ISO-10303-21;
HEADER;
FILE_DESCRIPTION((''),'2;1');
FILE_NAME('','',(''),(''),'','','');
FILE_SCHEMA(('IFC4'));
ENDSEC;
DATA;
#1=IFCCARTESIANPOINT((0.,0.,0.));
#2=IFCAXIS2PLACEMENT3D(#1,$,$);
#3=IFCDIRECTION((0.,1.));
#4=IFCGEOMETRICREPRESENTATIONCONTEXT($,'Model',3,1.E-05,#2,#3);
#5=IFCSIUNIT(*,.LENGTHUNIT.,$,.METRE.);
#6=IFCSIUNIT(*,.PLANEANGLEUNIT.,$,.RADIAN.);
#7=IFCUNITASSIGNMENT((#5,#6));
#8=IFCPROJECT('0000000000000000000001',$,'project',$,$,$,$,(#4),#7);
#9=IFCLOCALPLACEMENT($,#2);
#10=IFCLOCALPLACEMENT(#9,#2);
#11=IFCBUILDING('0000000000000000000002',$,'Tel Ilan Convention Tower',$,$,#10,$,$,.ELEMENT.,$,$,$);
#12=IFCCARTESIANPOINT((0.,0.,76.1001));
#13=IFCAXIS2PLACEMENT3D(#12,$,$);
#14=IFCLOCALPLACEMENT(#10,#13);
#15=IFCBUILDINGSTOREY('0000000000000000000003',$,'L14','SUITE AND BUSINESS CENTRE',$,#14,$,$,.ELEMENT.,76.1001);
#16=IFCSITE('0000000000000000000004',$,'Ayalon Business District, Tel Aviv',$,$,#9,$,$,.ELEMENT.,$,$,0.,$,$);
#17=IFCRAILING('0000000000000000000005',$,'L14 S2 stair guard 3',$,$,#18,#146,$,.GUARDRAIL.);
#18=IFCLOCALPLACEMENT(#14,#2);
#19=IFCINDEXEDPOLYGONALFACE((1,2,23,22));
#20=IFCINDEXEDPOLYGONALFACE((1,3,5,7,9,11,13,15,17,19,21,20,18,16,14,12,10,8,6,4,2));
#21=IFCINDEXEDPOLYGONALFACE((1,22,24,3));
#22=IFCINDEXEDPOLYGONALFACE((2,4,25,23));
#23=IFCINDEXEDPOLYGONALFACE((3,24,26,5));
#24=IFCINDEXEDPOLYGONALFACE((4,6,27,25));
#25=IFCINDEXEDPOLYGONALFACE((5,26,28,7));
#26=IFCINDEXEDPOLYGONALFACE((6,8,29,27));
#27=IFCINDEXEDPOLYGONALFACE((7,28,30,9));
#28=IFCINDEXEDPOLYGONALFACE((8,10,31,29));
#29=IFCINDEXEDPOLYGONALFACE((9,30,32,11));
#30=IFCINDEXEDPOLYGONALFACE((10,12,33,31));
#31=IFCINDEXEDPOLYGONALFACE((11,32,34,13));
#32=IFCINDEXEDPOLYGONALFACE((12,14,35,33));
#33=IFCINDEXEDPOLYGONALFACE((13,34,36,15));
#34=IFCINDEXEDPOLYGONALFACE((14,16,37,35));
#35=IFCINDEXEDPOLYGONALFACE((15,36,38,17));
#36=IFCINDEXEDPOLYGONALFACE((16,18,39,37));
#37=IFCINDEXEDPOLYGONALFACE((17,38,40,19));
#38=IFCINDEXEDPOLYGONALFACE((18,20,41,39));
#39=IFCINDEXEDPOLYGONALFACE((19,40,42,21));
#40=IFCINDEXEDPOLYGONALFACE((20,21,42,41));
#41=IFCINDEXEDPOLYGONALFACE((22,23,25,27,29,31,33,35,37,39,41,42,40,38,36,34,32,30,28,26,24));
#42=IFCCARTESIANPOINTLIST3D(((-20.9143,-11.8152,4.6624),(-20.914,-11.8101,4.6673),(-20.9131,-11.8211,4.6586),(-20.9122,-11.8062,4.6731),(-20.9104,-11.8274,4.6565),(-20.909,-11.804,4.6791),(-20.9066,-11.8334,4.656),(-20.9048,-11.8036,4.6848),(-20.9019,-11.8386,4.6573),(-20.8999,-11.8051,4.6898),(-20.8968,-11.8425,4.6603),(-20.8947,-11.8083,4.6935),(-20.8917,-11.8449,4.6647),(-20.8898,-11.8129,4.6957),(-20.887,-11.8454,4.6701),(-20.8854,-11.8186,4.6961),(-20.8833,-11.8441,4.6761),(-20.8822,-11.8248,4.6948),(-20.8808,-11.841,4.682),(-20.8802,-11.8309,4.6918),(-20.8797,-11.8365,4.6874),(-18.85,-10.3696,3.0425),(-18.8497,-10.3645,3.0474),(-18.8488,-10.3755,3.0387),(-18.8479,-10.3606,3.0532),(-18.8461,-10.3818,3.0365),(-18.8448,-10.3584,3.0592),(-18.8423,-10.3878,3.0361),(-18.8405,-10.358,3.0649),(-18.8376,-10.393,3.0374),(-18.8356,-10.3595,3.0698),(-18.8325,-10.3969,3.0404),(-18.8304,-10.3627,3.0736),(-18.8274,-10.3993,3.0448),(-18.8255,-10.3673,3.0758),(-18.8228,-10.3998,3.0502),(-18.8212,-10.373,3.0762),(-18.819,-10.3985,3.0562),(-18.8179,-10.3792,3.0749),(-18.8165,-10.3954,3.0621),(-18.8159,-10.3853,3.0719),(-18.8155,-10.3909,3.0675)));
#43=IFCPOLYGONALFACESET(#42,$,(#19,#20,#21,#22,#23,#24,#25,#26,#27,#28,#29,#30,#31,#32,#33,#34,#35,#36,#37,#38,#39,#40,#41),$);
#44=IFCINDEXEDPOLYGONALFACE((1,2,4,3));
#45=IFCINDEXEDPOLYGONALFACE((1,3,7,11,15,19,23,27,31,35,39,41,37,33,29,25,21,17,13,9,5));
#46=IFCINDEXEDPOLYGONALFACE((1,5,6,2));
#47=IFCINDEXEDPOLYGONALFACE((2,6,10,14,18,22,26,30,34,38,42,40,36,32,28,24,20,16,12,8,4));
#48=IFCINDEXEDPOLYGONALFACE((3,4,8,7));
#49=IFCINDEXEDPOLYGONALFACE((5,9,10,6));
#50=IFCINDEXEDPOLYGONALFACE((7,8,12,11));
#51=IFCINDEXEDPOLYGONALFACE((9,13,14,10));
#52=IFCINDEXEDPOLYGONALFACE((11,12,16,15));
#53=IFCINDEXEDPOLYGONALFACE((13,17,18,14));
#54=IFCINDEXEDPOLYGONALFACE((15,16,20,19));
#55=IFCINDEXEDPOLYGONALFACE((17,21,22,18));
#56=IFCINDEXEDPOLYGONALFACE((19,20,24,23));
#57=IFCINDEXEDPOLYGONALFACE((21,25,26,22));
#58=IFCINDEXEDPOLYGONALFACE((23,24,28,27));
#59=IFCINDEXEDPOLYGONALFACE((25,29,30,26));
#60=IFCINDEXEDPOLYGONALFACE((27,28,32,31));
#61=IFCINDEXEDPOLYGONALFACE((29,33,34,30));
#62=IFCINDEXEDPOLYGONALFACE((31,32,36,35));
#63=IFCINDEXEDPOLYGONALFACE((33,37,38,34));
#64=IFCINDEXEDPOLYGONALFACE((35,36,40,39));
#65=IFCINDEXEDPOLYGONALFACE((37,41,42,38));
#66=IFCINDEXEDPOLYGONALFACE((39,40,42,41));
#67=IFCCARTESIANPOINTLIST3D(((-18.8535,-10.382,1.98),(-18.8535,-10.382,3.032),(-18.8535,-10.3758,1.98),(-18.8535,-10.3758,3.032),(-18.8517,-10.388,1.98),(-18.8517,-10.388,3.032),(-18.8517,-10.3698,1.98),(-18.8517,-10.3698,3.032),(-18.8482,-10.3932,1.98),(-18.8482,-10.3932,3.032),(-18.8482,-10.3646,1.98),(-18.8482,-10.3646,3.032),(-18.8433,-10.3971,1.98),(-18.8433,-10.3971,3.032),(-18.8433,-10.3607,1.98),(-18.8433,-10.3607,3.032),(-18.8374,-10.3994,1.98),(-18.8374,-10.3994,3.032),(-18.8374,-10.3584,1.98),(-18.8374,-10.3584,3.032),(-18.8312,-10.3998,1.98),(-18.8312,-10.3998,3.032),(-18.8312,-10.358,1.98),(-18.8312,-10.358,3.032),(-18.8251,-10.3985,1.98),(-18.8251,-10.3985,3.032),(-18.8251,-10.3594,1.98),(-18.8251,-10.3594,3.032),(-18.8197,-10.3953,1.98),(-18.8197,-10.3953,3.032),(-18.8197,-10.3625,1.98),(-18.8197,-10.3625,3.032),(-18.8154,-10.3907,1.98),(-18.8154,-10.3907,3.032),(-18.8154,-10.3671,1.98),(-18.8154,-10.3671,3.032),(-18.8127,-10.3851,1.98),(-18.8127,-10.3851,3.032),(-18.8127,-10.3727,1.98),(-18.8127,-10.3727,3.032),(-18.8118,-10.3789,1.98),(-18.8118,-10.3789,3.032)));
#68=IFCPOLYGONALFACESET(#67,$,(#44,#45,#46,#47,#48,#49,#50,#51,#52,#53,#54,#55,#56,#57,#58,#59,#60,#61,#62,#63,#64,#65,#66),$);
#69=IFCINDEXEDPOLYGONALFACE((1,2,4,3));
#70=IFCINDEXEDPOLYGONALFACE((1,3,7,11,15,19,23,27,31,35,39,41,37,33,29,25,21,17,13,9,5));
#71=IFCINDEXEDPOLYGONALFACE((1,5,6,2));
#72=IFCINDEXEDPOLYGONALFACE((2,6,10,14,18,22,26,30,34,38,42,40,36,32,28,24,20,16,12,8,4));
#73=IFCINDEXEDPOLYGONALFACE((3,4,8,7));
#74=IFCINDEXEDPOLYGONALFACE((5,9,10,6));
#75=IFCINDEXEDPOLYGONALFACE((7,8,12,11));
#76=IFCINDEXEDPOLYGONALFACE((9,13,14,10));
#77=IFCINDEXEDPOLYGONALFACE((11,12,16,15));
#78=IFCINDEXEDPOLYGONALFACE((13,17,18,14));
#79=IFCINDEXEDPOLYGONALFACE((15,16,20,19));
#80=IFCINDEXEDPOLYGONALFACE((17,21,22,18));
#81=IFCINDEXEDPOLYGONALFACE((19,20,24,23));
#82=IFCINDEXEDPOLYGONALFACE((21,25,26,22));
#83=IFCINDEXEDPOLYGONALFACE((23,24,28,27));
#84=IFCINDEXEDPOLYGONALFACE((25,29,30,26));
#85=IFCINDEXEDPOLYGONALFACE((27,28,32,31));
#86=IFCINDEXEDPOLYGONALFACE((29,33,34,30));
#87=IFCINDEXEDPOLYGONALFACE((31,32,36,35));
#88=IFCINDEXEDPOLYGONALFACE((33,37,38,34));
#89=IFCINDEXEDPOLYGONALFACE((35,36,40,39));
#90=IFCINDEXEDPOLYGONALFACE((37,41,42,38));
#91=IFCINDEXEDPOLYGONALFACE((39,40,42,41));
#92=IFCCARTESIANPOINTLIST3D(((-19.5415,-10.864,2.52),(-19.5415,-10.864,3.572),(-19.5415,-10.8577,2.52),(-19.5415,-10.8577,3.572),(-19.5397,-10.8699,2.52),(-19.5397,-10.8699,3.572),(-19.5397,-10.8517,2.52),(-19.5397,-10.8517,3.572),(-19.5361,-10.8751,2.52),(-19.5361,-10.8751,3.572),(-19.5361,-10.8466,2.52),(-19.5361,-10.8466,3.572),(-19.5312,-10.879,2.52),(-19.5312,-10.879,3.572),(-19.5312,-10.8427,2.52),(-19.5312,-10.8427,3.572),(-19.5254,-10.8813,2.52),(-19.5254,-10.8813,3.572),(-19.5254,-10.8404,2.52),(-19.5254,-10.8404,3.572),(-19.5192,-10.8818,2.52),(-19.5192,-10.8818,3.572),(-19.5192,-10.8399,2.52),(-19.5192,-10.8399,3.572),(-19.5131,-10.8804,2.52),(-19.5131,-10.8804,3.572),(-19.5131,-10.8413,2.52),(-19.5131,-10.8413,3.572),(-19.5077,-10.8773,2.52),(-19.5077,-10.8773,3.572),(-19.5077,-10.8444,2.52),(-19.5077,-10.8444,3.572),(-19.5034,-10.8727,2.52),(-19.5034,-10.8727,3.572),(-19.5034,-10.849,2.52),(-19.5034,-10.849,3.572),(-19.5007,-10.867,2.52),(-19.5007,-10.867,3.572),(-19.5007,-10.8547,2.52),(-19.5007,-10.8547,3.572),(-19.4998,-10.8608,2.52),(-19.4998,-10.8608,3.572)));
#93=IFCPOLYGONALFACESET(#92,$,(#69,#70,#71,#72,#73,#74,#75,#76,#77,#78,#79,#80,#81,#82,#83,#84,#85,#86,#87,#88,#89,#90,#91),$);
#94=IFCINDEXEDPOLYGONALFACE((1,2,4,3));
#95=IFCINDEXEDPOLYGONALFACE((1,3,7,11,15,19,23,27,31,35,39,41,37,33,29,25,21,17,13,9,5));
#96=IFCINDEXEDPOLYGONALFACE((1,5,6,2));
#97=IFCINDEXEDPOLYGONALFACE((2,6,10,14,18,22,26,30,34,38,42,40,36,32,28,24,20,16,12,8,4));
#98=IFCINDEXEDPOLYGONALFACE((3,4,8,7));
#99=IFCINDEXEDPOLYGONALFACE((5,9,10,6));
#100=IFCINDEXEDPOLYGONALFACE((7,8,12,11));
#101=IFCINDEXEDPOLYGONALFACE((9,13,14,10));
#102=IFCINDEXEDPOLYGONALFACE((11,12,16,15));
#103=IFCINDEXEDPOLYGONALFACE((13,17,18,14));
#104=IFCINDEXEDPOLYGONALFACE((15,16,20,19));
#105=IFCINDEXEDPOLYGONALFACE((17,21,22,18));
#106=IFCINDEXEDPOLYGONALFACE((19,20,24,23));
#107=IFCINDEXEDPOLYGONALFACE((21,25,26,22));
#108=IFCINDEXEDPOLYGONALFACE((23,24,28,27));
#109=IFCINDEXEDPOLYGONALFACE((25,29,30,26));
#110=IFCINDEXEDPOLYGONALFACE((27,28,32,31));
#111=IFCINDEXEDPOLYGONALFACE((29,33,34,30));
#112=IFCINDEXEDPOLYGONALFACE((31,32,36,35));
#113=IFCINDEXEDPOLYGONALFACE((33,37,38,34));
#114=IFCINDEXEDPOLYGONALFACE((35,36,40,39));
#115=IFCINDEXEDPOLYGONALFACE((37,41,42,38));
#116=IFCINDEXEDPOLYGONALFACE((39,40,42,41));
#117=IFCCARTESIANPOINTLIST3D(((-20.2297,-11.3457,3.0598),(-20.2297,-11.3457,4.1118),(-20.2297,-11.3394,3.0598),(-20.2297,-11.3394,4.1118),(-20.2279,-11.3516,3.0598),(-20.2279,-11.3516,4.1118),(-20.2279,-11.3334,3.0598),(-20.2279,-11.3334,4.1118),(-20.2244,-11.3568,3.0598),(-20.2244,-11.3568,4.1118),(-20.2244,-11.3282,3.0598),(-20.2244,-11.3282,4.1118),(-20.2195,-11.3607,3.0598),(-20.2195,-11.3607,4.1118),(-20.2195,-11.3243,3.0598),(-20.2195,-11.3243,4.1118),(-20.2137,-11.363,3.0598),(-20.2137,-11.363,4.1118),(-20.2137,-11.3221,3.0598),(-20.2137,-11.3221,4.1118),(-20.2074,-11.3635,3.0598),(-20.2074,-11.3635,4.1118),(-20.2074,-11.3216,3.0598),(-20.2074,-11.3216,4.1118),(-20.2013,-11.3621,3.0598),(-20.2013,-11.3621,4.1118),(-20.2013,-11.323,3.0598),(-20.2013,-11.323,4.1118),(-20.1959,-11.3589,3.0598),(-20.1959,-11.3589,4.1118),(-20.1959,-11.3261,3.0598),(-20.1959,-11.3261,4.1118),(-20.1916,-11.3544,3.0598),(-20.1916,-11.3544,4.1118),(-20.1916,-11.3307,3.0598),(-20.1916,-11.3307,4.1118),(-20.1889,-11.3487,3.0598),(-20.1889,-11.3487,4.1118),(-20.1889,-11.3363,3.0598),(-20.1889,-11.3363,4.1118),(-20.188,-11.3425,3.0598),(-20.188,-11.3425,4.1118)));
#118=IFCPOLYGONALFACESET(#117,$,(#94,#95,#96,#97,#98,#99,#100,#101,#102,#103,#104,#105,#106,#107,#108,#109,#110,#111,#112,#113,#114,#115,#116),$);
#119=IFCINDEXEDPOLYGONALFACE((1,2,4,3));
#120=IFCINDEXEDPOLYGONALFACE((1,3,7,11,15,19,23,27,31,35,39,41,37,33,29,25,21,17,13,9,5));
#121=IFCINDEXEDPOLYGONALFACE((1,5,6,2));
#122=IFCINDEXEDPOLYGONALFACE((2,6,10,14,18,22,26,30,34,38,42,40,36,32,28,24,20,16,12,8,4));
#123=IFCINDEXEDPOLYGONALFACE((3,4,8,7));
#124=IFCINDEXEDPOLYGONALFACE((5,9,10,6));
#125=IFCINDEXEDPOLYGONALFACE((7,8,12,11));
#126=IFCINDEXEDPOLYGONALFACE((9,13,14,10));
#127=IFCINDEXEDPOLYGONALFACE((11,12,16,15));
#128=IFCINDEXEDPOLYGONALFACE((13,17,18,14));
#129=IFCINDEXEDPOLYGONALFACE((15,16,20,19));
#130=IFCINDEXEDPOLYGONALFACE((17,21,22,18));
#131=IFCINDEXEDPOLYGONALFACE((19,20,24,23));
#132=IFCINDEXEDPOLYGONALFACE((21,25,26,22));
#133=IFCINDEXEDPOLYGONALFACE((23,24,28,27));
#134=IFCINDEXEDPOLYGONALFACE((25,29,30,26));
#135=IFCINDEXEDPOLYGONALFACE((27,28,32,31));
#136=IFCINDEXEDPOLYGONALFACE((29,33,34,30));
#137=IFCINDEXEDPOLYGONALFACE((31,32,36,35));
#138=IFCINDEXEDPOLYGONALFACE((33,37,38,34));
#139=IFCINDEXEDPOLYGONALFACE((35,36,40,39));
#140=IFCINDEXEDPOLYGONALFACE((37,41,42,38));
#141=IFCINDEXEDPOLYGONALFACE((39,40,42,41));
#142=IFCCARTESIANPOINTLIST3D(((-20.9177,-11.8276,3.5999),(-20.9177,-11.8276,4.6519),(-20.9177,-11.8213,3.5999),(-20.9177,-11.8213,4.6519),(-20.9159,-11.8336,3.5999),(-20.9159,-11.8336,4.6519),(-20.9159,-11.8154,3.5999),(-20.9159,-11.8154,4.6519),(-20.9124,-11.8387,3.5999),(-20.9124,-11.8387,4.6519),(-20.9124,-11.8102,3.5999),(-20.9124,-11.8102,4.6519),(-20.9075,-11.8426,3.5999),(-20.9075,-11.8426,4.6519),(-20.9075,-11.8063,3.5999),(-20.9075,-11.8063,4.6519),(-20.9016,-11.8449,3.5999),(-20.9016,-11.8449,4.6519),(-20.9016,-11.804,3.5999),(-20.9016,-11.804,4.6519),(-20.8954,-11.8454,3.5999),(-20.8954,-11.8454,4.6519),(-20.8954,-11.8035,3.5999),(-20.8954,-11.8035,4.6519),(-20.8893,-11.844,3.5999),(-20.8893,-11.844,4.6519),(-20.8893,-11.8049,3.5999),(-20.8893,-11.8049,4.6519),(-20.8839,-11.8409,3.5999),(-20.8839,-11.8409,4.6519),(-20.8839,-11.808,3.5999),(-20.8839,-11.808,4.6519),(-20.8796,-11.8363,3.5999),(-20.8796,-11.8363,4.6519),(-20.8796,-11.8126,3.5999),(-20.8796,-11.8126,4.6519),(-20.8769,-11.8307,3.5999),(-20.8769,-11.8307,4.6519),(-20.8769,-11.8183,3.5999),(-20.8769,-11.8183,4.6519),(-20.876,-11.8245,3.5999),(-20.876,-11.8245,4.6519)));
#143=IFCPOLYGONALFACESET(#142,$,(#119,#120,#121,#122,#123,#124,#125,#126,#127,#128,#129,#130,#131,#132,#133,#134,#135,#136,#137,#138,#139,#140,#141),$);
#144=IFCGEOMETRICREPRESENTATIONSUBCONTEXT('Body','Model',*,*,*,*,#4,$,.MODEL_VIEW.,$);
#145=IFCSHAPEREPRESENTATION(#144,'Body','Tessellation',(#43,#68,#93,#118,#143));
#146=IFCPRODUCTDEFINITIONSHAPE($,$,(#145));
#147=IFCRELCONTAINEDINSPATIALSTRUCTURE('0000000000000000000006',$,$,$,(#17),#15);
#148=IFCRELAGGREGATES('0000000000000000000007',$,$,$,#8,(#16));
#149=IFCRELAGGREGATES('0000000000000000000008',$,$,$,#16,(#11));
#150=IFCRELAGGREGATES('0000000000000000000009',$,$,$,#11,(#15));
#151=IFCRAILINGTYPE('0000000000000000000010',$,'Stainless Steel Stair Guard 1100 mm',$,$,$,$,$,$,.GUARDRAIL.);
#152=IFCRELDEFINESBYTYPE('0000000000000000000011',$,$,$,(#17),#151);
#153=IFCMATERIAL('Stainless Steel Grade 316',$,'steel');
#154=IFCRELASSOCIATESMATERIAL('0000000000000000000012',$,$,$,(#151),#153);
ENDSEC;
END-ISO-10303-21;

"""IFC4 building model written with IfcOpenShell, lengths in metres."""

from ifc_helpers import new_model, si_unit, direction, frame, origin, origin_2d, place, context, subcontext, project, spatial, circle, extrude, material, type_object, element, save


model = new_model("IFC4")

# Units and contexts
model_context = context("Model", 3, precision=1e-05, world=origin(), true_north=direction((0.0, 1.0)))
body_context = subcontext(model_context, "Body", "Model", "MODEL_VIEW")
ifc_project = project(units=[si_unit("LENGTHUNIT", "METRE"), si_unit("PLANEANGLEUNIT", "RADIAN")], contexts=[model_context])

# Site, building, storey
site_placement = place(None, origin())
site = spatial("IfcSite", under=ifc_project, at=site_placement, Name="Ayalon Business District, Tel Aviv", CompositionType="ELEMENT", RefElevation=0.0)
building_placement = place(site_placement, origin())
building = spatial("IfcBuilding", under=site, at=building_placement, Name="Tel Ilan Convention Tower", CompositionType="ELEMENT")
storey_placement = place(building_placement, frame((0.0, 0.0, 76.1001)))
storey = spatial("IfcBuildingStorey", under=building, at=storey_placement, Name="L14", Description="SUITE AND BUSINESS CENTRE", CompositionType="ELEMENT", Elevation=76.1001)

# Railing
ifc_material_1 = material(Name="Stainless Steel Grade 316", Category="steel")
railing_type_1 = type_object("IfcRailingType", Name="Stainless Steel Stair Guard 1100 mm", PredefinedType="GUARDRAIL", material=ifc_material_1)
railing_1_placement = place(storey_placement, frame((-18.8328, -10.3789, 1.98)))
element("IfcRailing", 1, at=railing_1_placement, inside=storey, type_object=railing_type_1, Name="L14 S2 stair guard 3", PredefinedType="GUARDRAIL", context=body_context, shape_type="SweptSolid", body=[
    extrude(circle(Radius=0.0239, at=origin_2d()), frame((0.0, 0.0, 1.0762), z_axis=(-0.689043, -0.482534, 0.540722), x_axis=(0.573625, -0.819118, 0.0)), (0.0, 0.0, 1.0), 2.9958),
    extrude(circle(Radius=0.021, at=origin_2d()), origin(), (0.0, 0.0, 1.0), 1.052),
    extrude(circle(Radius=0.021, at=origin_2d()), frame((-0.688, -0.4819, 0.54)), (0.0, 0.0, 1.0), 1.052),
    extrude(circle(Radius=0.021, at=origin_2d()), frame((-1.3762, -0.9636, 1.0798)), (0.0, 0.0, 1.0), 1.052),
    extrude(circle(Radius=0.021, at=origin_2d()), frame((-2.0642, -1.4456, 1.6199)), (0.0, 0.0, 1.0), 1.052),
])

save(model, "model.ifc")
